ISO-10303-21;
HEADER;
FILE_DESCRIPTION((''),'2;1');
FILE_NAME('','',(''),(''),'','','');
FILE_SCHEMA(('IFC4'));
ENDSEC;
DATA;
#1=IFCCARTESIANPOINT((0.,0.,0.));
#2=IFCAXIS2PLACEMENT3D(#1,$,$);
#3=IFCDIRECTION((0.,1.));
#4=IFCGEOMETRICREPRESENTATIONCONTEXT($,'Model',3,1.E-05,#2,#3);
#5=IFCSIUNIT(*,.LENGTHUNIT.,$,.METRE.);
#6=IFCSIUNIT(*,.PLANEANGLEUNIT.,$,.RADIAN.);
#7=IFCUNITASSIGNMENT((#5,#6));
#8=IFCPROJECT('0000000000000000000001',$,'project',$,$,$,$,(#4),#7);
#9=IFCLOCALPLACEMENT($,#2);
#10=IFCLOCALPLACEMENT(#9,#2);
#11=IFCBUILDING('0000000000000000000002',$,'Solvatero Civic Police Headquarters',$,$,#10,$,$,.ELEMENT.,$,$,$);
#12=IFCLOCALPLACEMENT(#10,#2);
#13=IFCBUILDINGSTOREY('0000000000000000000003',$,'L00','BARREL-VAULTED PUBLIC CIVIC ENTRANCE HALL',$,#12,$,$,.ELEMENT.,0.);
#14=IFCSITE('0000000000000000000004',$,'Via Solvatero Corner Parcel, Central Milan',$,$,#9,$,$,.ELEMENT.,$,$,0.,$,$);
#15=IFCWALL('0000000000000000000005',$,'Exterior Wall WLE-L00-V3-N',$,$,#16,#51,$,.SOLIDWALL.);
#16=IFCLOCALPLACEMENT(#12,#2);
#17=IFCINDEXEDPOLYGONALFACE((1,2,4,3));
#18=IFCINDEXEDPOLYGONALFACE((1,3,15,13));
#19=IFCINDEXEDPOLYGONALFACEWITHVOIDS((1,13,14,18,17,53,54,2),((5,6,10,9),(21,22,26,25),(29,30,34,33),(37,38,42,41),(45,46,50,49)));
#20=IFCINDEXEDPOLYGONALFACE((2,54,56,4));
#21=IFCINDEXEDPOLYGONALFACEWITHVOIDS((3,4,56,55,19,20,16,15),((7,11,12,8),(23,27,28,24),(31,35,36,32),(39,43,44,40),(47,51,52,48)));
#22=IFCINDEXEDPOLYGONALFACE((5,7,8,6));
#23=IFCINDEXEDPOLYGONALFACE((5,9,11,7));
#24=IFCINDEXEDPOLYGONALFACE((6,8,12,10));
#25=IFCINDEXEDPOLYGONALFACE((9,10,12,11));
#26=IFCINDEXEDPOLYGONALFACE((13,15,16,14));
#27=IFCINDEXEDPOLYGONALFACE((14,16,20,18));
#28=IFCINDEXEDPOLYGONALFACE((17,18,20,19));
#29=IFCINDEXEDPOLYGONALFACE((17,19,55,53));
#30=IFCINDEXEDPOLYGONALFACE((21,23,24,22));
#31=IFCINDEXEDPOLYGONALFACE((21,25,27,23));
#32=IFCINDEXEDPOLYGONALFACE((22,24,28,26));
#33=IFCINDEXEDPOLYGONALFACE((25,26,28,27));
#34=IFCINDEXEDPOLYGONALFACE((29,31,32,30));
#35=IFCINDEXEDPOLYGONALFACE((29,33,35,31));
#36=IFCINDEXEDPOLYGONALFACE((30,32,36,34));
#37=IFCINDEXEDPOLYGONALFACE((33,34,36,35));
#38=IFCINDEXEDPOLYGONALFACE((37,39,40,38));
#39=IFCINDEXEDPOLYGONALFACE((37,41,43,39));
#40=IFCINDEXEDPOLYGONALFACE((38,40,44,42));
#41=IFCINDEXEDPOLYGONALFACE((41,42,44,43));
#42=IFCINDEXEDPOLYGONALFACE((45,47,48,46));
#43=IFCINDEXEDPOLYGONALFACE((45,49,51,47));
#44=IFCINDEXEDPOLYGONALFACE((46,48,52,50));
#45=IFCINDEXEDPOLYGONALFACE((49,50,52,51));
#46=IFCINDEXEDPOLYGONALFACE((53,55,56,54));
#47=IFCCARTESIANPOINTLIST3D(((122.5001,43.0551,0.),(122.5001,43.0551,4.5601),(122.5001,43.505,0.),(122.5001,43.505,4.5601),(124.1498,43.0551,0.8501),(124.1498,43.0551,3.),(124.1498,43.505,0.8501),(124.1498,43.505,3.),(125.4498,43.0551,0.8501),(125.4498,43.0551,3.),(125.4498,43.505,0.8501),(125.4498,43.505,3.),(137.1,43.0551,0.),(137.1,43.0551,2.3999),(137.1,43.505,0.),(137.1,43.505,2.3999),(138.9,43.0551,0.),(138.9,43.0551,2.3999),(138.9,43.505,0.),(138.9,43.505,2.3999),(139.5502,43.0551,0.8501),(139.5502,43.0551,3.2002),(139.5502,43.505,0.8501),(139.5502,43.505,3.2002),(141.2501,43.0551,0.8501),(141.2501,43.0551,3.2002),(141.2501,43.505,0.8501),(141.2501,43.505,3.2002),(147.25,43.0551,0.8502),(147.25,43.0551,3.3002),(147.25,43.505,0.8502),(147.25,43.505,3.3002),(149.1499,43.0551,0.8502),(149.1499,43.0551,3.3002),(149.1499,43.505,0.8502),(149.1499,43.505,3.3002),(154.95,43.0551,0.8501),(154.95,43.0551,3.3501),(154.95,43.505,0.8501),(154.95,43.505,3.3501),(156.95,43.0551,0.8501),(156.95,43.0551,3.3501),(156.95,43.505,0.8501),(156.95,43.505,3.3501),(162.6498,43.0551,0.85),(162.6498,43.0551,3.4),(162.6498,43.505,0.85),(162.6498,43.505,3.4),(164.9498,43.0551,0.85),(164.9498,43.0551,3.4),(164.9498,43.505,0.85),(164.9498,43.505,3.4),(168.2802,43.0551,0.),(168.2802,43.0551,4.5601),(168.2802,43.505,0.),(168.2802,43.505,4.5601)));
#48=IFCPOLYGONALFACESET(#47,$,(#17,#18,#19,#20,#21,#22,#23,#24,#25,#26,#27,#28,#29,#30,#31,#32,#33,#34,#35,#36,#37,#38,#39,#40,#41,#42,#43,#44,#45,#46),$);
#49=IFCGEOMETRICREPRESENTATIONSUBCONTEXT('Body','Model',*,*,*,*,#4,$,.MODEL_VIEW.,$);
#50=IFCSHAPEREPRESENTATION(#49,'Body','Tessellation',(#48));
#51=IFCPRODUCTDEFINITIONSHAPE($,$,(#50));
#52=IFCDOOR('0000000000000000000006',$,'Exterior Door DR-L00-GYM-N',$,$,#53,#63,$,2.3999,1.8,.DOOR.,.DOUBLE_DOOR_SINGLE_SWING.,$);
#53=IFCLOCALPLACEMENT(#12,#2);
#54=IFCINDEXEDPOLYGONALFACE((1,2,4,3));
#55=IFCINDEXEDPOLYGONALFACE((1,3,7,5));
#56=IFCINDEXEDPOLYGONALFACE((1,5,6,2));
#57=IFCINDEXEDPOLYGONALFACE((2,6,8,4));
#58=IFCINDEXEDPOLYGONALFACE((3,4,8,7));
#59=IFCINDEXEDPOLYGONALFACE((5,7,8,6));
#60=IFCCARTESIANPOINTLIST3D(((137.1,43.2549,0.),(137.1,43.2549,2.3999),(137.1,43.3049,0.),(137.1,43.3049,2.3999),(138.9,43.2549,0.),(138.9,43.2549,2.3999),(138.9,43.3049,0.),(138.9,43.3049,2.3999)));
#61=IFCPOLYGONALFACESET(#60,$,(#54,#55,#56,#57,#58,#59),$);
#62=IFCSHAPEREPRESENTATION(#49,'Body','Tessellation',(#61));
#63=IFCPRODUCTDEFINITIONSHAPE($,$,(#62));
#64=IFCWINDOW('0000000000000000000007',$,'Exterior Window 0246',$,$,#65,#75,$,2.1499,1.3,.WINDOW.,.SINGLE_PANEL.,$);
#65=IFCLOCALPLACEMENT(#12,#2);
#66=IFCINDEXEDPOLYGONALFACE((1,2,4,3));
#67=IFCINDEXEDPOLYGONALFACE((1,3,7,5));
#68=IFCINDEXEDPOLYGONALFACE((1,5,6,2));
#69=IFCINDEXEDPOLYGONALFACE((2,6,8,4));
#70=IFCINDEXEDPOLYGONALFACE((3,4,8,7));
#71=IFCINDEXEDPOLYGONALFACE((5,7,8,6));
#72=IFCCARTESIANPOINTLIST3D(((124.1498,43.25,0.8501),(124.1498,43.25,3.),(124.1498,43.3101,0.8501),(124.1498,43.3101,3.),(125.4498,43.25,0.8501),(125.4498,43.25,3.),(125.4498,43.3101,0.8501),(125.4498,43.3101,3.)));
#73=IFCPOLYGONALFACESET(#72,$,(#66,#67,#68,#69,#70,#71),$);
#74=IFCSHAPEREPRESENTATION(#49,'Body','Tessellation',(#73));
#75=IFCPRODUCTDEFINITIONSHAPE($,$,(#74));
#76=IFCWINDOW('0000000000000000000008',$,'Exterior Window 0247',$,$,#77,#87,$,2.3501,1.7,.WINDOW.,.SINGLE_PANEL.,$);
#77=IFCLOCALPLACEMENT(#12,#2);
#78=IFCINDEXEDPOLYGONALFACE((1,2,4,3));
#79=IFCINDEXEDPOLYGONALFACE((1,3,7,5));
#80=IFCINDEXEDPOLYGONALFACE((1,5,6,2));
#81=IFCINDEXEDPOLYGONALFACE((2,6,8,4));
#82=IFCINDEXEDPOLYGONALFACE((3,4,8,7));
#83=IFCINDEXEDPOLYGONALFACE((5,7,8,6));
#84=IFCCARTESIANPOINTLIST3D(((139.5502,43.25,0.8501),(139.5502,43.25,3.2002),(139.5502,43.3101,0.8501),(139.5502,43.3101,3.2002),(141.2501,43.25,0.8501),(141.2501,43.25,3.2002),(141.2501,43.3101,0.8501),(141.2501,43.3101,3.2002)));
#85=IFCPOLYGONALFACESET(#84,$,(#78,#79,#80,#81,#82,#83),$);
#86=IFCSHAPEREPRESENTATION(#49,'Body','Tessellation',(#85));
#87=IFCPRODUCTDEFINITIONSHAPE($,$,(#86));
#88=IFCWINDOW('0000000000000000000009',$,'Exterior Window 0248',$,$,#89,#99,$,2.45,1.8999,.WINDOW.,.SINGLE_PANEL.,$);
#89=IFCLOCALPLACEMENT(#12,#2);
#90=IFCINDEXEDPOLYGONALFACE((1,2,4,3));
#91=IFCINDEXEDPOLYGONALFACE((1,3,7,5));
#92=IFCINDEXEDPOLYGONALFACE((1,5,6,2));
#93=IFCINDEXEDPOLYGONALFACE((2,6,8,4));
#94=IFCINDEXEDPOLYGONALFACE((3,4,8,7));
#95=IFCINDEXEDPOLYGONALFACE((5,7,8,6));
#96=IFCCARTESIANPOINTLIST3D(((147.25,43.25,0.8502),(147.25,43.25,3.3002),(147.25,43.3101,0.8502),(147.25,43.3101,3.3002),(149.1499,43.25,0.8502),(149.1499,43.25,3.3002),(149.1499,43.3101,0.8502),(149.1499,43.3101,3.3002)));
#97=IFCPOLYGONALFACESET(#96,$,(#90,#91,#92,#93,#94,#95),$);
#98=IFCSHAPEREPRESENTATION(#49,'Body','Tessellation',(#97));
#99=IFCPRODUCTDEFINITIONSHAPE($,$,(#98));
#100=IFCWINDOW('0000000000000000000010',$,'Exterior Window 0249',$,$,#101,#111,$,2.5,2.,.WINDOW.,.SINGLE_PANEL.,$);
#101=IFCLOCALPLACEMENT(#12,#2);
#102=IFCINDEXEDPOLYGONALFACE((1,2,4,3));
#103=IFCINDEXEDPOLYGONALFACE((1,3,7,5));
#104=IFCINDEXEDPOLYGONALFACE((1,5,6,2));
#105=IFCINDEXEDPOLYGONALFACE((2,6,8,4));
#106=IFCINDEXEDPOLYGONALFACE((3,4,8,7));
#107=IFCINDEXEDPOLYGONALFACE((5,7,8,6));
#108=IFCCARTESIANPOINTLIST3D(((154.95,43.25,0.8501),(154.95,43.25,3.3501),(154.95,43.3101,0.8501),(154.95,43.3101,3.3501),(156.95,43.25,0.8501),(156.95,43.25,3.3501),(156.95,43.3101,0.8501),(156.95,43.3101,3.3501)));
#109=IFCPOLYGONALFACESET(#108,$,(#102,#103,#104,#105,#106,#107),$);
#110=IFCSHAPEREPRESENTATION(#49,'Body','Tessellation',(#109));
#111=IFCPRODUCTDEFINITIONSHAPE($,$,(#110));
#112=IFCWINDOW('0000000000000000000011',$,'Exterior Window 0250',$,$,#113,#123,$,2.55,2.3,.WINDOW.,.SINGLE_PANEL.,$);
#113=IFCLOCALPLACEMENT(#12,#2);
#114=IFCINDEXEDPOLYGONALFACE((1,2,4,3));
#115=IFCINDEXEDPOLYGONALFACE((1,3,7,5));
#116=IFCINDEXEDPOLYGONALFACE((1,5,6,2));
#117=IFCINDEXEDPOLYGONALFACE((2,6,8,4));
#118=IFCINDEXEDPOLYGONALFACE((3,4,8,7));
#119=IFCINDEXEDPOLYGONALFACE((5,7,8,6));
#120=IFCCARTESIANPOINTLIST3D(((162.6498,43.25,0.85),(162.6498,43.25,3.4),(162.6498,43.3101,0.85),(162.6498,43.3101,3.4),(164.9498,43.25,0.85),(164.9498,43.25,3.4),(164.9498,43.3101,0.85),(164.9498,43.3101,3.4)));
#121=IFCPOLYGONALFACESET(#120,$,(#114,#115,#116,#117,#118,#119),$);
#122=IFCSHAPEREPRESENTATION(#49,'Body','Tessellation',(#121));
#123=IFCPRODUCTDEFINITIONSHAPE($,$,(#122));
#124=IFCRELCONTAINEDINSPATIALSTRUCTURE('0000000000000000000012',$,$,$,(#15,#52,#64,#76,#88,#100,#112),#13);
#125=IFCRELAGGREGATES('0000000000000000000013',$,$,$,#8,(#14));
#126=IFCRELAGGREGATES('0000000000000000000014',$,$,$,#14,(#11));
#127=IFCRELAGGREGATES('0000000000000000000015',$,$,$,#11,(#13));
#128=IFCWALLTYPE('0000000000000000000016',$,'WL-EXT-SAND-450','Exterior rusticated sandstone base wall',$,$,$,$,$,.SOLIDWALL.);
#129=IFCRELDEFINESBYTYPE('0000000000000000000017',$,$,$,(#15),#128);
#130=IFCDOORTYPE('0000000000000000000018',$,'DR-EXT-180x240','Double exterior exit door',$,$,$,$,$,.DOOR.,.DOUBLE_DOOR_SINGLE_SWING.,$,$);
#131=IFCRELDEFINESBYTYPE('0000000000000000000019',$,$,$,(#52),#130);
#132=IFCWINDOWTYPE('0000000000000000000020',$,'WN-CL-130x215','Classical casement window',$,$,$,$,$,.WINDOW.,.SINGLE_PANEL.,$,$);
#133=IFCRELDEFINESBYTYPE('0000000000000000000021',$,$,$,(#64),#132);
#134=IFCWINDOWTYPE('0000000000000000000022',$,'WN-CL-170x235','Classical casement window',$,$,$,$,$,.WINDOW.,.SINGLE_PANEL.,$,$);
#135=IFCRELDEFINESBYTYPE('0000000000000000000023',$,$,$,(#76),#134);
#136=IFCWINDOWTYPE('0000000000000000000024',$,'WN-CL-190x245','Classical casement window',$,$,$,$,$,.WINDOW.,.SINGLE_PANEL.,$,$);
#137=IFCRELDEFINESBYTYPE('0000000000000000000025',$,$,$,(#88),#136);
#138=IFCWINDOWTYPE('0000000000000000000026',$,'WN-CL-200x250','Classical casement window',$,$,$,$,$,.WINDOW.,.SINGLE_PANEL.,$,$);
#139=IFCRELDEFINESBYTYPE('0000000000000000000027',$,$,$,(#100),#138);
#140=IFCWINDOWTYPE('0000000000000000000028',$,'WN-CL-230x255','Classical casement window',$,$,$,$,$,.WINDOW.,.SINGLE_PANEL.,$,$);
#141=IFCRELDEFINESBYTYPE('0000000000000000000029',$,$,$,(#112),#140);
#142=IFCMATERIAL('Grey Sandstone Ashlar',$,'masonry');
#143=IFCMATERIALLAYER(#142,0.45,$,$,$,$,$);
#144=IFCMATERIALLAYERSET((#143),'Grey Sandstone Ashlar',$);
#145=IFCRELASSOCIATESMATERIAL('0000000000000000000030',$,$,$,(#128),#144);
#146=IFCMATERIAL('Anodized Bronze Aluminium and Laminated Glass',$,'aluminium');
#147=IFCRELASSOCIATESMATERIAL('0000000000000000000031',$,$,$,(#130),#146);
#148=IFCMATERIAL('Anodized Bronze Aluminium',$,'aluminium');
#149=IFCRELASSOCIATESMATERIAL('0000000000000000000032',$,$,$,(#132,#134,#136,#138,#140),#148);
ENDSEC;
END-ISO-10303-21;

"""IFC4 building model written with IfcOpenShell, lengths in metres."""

from ifc_helpers import new_model, si_unit, direction, frame, frame_2d, origin, place, context, subcontext, project, spatial, rectangle, extrude, material, layer, layer_set, type_object, element, fill, save


model = new_model("IFC4")

# Units and contexts
model_context = context("Model", 3, precision=1e-05, world=origin(), true_north=direction((0.0, 1.0)))
body_context = subcontext(model_context, "Body", "Model", "MODEL_VIEW")
ifc_project = project(units=[si_unit("LENGTHUNIT", "METRE"), si_unit("PLANEANGLEUNIT", "RADIAN")], contexts=[model_context])

# Site, building, storey
site_placement = place(None, origin())
site = spatial("IfcSite", under=ifc_project, at=site_placement, Name="Via Solvatero Corner Parcel, Central Milan", CompositionType="ELEMENT", RefElevation=0.0)
building_placement = place(site_placement, origin())
building = spatial("IfcBuilding", under=site, at=building_placement, Name="Solvatero Civic Police Headquarters", CompositionType="ELEMENT")
storey_placement = place(building_placement, origin())
storey = spatial("IfcBuildingStorey", under=building, at=storey_placement, Name="L00", Description="BARREL-VAULTED PUBLIC CIVIC ENTRANCE HALL", CompositionType="ELEMENT", Elevation=0.0)

# Wall, openings, door, windows
ifc_material_1 = material(Name="Grey Sandstone Ashlar", Category="masonry")
ifc_layer_1 = layer(ifc_material_1, 0.45)
ifc_layer_set_1 = layer_set([ifc_layer_1], Name="Grey Sandstone Ashlar")
wall_type_1 = type_object("IfcWallType", Name="WL-EXT-SAND-450", Description="Exterior rusticated sandstone base wall", PredefinedType="SOLIDWALL", material=ifc_layer_set_1)
wall_1_placement = place(storey_placement, frame((122.5, 43.28, 0.0), z_axis=(0.0, 0.0, 1.0), x_axis=(1.0, 0.0, 0.0)))
wall_1 = element("IfcWall", 1, at=wall_1_placement, inside=storey, type_object=wall_type_1, Name="Exterior Wall WLE-L00-V3-N", PredefinedType="SOLIDWALL", context=body_context, shape_type="SweptSolid", body=[
    extrude(rectangle(XDim=45.78, YDim=0.45, at=frame_2d((22.8901, 0.0))), origin(), (0.0, 0.0, 1.0), 4.5601),
])
opening_1_placement = place(wall_1_placement, frame((14.6001, 0.0, 0.0)))
opening_1 = element("IfcOpeningElement", 2, at=opening_1_placement, cuts=wall_1, PredefinedType="OPENING", context=body_context, shape_type="SweptSolid", body=[
    extrude(rectangle(XDim=1.8, YDim=2.3999, at=frame_2d((0.8999, 1.2))), frame((0.0, 0.2349, 0.0), z_axis=(0.0, -1.0, 0.0), x_axis=(1.0, 0.0, 0.0)), (0.0, 0.0, 1.0), 0.47),
])
opening_2_placement = place(wall_1_placement, frame((1.6499, 0.0, 0.8501)))
opening_2 = element("IfcOpeningElement", 3, at=opening_2_placement, cuts=wall_1, PredefinedType="OPENING", context=body_context, shape_type="SweptSolid", body=[
    extrude(rectangle(XDim=1.3, YDim=2.1499, at=frame_2d((0.6499, 1.075))), frame((0.0, 0.2349, 0.0), z_axis=(0.0, -1.0, 0.0), x_axis=(1.0, 0.0, 0.0)), (0.0, 0.0, 1.0), 0.47),
])
opening_3_placement = place(wall_1_placement, frame((17.05, 0.0, 0.8501)))
opening_3 = element("IfcOpeningElement", 4, at=opening_3_placement, cuts=wall_1, PredefinedType="OPENING", context=body_context, shape_type="SweptSolid", body=[
    extrude(rectangle(XDim=1.7, YDim=2.3501, at=frame_2d((0.8501, 1.175))), frame((0.0, 0.2349, 0.0), z_axis=(0.0, -1.0, 0.0), x_axis=(1.0, 0.0, 0.0)), (0.0, 0.0, 1.0), 0.47),
])
opening_4_placement = place(wall_1_placement, frame((24.75, 0.0, 0.8501)))
opening_4 = element("IfcOpeningElement", 5, at=opening_4_placement, cuts=wall_1, PredefinedType="OPENING", context=body_context, shape_type="SweptSolid", body=[
    extrude(rectangle(XDim=1.8999, YDim=2.45, at=frame_2d((0.95, 1.2251))), frame((0.0, 0.2349, 0.0), z_axis=(0.0, -1.0, 0.0), x_axis=(1.0, 0.0, 0.0)), (0.0, 0.0, 1.0), 0.47),
])
opening_5_placement = place(wall_1_placement, frame((32.45, 0.0, 0.8501)))
opening_5 = element("IfcOpeningElement", 6, at=opening_5_placement, cuts=wall_1, PredefinedType="OPENING", context=body_context, shape_type="SweptSolid", body=[
    extrude(rectangle(XDim=2.0, YDim=2.5, at=frame_2d((1.0, 1.25))), frame((0.0, 0.2349, 0.0), z_axis=(0.0, -1.0, 0.0), x_axis=(1.0, 0.0, 0.0)), (0.0, 0.0, 1.0), 0.47),
])
opening_6_placement = place(wall_1_placement, frame((40.1499, 0.0, 0.8501)))
opening_6 = element("IfcOpeningElement", 7, at=opening_6_placement, cuts=wall_1, PredefinedType="OPENING", context=body_context, shape_type="SweptSolid", body=[
    extrude(rectangle(XDim=2.3, YDim=2.55, at=frame_2d((1.1499, 1.2749))), frame((0.0, 0.2349, 0.0), z_axis=(0.0, -1.0, 0.0), x_axis=(1.0, 0.0, 0.0)), (0.0, 0.0, 1.0), 0.47),
])
ifc_material_2 = material(Name="Anodized Bronze Aluminium and Laminated Glass", Category="aluminium")
door_type_1 = type_object("IfcDoorType", Name="DR-EXT-180x240", Description="Double exterior exit door", OperationType="DOUBLE_DOOR_SINGLE_SWING", PredefinedType="DOOR", material=ifc_material_2)
door_1_placement = place(opening_1_placement, origin())
door_1 = element("IfcDoor", 8, at=door_1_placement, inside=storey, type_object=door_type_1, Name="Exterior Door DR-L00-GYM-N", OperationType="DOUBLE_DOOR_SINGLE_SWING", OverallHeight=2.3999, OverallWidth=1.8, PredefinedType="DOOR", context=body_context, shape_type="SweptSolid", body=[
    extrude(rectangle(XDim=1.8, YDim=2.3999, at=frame_2d((0.8999, 1.2))), frame((0.0, 0.0249, 0.0), z_axis=(0.0, -1.0, 0.0), x_axis=(1.0, 0.0, 0.0)), (0.0, 0.0, 1.0), 0.05),
])
fill(opening_1, door_1)
ifc_material_3 = material(Name="Anodized Bronze Aluminium", Category="aluminium")
window_type_1 = type_object("IfcWindowType", Name="WN-CL-130x215", Description="Classical casement window", PartitioningType="SINGLE_PANEL", PredefinedType="WINDOW", material=ifc_material_3)
window_1_placement = place(opening_2_placement, origin())
window_1 = element("IfcWindow", 9, at=window_1_placement, inside=storey, type_object=window_type_1, Name="Exterior Window 0246", OverallHeight=2.1499, OverallWidth=1.3, PartitioningType="SINGLE_PANEL", PredefinedType="WINDOW", context=body_context, shape_type="SweptSolid", body=[
    extrude(rectangle(XDim=1.3, YDim=2.1499, at=frame_2d((0.6499, 1.075))), frame((0.0, 0.03, 0.0), z_axis=(0.0, -1.0, 0.0), x_axis=(1.0, 0.0, 0.0)), (0.0, 0.0, 1.0), 0.0601),
])
fill(opening_2, window_1)
window_type_2 = type_object("IfcWindowType", Name="WN-CL-170x235", Description="Classical casement window", PartitioningType="SINGLE_PANEL", PredefinedType="WINDOW", material=ifc_material_3)
window_2_placement = place(opening_3_placement, origin())
window_2 = element("IfcWindow", 10, at=window_2_placement, inside=storey, type_object=window_type_2, Name="Exterior Window 0247", OverallHeight=2.3501, OverallWidth=1.7, PartitioningType="SINGLE_PANEL", PredefinedType="WINDOW", context=body_context, shape_type="SweptSolid", body=[
    extrude(rectangle(XDim=1.7, YDim=2.3501, at=frame_2d((0.8501, 1.175))), frame((0.0, 0.03, 0.0), z_axis=(0.0, -1.0, 0.0), x_axis=(1.0, 0.0, 0.0)), (0.0, 0.0, 1.0), 0.0601),
])
fill(opening_3, window_2)
window_type_3 = type_object("IfcWindowType", Name="WN-CL-190x245", Description="Classical casement window", PartitioningType="SINGLE_PANEL", PredefinedType="WINDOW", material=ifc_material_3)
window_3_placement = place(opening_4_placement, origin())
window_3 = element("IfcWindow", 11, at=window_3_placement, inside=storey, type_object=window_type_3, Name="Exterior Window 0248", OverallHeight=2.45, OverallWidth=1.8999, PartitioningType="SINGLE_PANEL", PredefinedType="WINDOW", context=body_context, shape_type="SweptSolid", body=[
    extrude(rectangle(XDim=1.8999, YDim=2.45, at=frame_2d((0.95, 1.2251))), frame((0.0, 0.03, 0.0), z_axis=(0.0, -1.0, 0.0), x_axis=(1.0, 0.0, 0.0)), (0.0, 0.0, 1.0), 0.0601),
])
fill(opening_4, window_3)
window_type_4 = type_object("IfcWindowType", Name="WN-CL-200x250", Description="Classical casement window", PartitioningType="SINGLE_PANEL", PredefinedType="WINDOW", material=ifc_material_3)
window_4_placement = place(opening_5_placement, origin())
window_4 = element("IfcWindow", 12, at=window_4_placement, inside=storey, type_object=window_type_4, Name="Exterior Window 0249", OverallHeight=2.5, OverallWidth=2.0, PartitioningType="SINGLE_PANEL", PredefinedType="WINDOW", context=body_context, shape_type="SweptSolid", body=[
    extrude(rectangle(XDim=2.0, YDim=2.5, at=frame_2d((1.0, 1.25))), frame((0.0, 0.03, 0.0), z_axis=(0.0, -1.0, 0.0), x_axis=(1.0, 0.0, 0.0)), (0.0, 0.0, 1.0), 0.0601),
])
fill(opening_5, window_4)
window_type_5 = type_object("IfcWindowType", Name="WN-CL-230x255", Description="Classical casement window", PartitioningType="SINGLE_PANEL", PredefinedType="WINDOW", material=ifc_material_3)
window_5_placement = place(opening_6_placement, origin())
window_5 = element("IfcWindow", 13, at=window_5_placement, inside=storey, type_object=window_type_5, Name="Exterior Window 0250", OverallHeight=2.55, OverallWidth=2.3, PartitioningType="SINGLE_PANEL", PredefinedType="WINDOW", context=body_context, shape_type="SweptSolid", body=[
    extrude(rectangle(XDim=2.3, YDim=2.55, at=frame_2d((1.1499, 1.2749))), frame((0.0, 0.03, 0.0), z_axis=(0.0, -1.0, 0.0), x_axis=(1.0, 0.0, 0.0)), (0.0, 0.0, 1.0), 0.0601),
])
fill(opening_6, window_5)

save(model, "model.ifc")
